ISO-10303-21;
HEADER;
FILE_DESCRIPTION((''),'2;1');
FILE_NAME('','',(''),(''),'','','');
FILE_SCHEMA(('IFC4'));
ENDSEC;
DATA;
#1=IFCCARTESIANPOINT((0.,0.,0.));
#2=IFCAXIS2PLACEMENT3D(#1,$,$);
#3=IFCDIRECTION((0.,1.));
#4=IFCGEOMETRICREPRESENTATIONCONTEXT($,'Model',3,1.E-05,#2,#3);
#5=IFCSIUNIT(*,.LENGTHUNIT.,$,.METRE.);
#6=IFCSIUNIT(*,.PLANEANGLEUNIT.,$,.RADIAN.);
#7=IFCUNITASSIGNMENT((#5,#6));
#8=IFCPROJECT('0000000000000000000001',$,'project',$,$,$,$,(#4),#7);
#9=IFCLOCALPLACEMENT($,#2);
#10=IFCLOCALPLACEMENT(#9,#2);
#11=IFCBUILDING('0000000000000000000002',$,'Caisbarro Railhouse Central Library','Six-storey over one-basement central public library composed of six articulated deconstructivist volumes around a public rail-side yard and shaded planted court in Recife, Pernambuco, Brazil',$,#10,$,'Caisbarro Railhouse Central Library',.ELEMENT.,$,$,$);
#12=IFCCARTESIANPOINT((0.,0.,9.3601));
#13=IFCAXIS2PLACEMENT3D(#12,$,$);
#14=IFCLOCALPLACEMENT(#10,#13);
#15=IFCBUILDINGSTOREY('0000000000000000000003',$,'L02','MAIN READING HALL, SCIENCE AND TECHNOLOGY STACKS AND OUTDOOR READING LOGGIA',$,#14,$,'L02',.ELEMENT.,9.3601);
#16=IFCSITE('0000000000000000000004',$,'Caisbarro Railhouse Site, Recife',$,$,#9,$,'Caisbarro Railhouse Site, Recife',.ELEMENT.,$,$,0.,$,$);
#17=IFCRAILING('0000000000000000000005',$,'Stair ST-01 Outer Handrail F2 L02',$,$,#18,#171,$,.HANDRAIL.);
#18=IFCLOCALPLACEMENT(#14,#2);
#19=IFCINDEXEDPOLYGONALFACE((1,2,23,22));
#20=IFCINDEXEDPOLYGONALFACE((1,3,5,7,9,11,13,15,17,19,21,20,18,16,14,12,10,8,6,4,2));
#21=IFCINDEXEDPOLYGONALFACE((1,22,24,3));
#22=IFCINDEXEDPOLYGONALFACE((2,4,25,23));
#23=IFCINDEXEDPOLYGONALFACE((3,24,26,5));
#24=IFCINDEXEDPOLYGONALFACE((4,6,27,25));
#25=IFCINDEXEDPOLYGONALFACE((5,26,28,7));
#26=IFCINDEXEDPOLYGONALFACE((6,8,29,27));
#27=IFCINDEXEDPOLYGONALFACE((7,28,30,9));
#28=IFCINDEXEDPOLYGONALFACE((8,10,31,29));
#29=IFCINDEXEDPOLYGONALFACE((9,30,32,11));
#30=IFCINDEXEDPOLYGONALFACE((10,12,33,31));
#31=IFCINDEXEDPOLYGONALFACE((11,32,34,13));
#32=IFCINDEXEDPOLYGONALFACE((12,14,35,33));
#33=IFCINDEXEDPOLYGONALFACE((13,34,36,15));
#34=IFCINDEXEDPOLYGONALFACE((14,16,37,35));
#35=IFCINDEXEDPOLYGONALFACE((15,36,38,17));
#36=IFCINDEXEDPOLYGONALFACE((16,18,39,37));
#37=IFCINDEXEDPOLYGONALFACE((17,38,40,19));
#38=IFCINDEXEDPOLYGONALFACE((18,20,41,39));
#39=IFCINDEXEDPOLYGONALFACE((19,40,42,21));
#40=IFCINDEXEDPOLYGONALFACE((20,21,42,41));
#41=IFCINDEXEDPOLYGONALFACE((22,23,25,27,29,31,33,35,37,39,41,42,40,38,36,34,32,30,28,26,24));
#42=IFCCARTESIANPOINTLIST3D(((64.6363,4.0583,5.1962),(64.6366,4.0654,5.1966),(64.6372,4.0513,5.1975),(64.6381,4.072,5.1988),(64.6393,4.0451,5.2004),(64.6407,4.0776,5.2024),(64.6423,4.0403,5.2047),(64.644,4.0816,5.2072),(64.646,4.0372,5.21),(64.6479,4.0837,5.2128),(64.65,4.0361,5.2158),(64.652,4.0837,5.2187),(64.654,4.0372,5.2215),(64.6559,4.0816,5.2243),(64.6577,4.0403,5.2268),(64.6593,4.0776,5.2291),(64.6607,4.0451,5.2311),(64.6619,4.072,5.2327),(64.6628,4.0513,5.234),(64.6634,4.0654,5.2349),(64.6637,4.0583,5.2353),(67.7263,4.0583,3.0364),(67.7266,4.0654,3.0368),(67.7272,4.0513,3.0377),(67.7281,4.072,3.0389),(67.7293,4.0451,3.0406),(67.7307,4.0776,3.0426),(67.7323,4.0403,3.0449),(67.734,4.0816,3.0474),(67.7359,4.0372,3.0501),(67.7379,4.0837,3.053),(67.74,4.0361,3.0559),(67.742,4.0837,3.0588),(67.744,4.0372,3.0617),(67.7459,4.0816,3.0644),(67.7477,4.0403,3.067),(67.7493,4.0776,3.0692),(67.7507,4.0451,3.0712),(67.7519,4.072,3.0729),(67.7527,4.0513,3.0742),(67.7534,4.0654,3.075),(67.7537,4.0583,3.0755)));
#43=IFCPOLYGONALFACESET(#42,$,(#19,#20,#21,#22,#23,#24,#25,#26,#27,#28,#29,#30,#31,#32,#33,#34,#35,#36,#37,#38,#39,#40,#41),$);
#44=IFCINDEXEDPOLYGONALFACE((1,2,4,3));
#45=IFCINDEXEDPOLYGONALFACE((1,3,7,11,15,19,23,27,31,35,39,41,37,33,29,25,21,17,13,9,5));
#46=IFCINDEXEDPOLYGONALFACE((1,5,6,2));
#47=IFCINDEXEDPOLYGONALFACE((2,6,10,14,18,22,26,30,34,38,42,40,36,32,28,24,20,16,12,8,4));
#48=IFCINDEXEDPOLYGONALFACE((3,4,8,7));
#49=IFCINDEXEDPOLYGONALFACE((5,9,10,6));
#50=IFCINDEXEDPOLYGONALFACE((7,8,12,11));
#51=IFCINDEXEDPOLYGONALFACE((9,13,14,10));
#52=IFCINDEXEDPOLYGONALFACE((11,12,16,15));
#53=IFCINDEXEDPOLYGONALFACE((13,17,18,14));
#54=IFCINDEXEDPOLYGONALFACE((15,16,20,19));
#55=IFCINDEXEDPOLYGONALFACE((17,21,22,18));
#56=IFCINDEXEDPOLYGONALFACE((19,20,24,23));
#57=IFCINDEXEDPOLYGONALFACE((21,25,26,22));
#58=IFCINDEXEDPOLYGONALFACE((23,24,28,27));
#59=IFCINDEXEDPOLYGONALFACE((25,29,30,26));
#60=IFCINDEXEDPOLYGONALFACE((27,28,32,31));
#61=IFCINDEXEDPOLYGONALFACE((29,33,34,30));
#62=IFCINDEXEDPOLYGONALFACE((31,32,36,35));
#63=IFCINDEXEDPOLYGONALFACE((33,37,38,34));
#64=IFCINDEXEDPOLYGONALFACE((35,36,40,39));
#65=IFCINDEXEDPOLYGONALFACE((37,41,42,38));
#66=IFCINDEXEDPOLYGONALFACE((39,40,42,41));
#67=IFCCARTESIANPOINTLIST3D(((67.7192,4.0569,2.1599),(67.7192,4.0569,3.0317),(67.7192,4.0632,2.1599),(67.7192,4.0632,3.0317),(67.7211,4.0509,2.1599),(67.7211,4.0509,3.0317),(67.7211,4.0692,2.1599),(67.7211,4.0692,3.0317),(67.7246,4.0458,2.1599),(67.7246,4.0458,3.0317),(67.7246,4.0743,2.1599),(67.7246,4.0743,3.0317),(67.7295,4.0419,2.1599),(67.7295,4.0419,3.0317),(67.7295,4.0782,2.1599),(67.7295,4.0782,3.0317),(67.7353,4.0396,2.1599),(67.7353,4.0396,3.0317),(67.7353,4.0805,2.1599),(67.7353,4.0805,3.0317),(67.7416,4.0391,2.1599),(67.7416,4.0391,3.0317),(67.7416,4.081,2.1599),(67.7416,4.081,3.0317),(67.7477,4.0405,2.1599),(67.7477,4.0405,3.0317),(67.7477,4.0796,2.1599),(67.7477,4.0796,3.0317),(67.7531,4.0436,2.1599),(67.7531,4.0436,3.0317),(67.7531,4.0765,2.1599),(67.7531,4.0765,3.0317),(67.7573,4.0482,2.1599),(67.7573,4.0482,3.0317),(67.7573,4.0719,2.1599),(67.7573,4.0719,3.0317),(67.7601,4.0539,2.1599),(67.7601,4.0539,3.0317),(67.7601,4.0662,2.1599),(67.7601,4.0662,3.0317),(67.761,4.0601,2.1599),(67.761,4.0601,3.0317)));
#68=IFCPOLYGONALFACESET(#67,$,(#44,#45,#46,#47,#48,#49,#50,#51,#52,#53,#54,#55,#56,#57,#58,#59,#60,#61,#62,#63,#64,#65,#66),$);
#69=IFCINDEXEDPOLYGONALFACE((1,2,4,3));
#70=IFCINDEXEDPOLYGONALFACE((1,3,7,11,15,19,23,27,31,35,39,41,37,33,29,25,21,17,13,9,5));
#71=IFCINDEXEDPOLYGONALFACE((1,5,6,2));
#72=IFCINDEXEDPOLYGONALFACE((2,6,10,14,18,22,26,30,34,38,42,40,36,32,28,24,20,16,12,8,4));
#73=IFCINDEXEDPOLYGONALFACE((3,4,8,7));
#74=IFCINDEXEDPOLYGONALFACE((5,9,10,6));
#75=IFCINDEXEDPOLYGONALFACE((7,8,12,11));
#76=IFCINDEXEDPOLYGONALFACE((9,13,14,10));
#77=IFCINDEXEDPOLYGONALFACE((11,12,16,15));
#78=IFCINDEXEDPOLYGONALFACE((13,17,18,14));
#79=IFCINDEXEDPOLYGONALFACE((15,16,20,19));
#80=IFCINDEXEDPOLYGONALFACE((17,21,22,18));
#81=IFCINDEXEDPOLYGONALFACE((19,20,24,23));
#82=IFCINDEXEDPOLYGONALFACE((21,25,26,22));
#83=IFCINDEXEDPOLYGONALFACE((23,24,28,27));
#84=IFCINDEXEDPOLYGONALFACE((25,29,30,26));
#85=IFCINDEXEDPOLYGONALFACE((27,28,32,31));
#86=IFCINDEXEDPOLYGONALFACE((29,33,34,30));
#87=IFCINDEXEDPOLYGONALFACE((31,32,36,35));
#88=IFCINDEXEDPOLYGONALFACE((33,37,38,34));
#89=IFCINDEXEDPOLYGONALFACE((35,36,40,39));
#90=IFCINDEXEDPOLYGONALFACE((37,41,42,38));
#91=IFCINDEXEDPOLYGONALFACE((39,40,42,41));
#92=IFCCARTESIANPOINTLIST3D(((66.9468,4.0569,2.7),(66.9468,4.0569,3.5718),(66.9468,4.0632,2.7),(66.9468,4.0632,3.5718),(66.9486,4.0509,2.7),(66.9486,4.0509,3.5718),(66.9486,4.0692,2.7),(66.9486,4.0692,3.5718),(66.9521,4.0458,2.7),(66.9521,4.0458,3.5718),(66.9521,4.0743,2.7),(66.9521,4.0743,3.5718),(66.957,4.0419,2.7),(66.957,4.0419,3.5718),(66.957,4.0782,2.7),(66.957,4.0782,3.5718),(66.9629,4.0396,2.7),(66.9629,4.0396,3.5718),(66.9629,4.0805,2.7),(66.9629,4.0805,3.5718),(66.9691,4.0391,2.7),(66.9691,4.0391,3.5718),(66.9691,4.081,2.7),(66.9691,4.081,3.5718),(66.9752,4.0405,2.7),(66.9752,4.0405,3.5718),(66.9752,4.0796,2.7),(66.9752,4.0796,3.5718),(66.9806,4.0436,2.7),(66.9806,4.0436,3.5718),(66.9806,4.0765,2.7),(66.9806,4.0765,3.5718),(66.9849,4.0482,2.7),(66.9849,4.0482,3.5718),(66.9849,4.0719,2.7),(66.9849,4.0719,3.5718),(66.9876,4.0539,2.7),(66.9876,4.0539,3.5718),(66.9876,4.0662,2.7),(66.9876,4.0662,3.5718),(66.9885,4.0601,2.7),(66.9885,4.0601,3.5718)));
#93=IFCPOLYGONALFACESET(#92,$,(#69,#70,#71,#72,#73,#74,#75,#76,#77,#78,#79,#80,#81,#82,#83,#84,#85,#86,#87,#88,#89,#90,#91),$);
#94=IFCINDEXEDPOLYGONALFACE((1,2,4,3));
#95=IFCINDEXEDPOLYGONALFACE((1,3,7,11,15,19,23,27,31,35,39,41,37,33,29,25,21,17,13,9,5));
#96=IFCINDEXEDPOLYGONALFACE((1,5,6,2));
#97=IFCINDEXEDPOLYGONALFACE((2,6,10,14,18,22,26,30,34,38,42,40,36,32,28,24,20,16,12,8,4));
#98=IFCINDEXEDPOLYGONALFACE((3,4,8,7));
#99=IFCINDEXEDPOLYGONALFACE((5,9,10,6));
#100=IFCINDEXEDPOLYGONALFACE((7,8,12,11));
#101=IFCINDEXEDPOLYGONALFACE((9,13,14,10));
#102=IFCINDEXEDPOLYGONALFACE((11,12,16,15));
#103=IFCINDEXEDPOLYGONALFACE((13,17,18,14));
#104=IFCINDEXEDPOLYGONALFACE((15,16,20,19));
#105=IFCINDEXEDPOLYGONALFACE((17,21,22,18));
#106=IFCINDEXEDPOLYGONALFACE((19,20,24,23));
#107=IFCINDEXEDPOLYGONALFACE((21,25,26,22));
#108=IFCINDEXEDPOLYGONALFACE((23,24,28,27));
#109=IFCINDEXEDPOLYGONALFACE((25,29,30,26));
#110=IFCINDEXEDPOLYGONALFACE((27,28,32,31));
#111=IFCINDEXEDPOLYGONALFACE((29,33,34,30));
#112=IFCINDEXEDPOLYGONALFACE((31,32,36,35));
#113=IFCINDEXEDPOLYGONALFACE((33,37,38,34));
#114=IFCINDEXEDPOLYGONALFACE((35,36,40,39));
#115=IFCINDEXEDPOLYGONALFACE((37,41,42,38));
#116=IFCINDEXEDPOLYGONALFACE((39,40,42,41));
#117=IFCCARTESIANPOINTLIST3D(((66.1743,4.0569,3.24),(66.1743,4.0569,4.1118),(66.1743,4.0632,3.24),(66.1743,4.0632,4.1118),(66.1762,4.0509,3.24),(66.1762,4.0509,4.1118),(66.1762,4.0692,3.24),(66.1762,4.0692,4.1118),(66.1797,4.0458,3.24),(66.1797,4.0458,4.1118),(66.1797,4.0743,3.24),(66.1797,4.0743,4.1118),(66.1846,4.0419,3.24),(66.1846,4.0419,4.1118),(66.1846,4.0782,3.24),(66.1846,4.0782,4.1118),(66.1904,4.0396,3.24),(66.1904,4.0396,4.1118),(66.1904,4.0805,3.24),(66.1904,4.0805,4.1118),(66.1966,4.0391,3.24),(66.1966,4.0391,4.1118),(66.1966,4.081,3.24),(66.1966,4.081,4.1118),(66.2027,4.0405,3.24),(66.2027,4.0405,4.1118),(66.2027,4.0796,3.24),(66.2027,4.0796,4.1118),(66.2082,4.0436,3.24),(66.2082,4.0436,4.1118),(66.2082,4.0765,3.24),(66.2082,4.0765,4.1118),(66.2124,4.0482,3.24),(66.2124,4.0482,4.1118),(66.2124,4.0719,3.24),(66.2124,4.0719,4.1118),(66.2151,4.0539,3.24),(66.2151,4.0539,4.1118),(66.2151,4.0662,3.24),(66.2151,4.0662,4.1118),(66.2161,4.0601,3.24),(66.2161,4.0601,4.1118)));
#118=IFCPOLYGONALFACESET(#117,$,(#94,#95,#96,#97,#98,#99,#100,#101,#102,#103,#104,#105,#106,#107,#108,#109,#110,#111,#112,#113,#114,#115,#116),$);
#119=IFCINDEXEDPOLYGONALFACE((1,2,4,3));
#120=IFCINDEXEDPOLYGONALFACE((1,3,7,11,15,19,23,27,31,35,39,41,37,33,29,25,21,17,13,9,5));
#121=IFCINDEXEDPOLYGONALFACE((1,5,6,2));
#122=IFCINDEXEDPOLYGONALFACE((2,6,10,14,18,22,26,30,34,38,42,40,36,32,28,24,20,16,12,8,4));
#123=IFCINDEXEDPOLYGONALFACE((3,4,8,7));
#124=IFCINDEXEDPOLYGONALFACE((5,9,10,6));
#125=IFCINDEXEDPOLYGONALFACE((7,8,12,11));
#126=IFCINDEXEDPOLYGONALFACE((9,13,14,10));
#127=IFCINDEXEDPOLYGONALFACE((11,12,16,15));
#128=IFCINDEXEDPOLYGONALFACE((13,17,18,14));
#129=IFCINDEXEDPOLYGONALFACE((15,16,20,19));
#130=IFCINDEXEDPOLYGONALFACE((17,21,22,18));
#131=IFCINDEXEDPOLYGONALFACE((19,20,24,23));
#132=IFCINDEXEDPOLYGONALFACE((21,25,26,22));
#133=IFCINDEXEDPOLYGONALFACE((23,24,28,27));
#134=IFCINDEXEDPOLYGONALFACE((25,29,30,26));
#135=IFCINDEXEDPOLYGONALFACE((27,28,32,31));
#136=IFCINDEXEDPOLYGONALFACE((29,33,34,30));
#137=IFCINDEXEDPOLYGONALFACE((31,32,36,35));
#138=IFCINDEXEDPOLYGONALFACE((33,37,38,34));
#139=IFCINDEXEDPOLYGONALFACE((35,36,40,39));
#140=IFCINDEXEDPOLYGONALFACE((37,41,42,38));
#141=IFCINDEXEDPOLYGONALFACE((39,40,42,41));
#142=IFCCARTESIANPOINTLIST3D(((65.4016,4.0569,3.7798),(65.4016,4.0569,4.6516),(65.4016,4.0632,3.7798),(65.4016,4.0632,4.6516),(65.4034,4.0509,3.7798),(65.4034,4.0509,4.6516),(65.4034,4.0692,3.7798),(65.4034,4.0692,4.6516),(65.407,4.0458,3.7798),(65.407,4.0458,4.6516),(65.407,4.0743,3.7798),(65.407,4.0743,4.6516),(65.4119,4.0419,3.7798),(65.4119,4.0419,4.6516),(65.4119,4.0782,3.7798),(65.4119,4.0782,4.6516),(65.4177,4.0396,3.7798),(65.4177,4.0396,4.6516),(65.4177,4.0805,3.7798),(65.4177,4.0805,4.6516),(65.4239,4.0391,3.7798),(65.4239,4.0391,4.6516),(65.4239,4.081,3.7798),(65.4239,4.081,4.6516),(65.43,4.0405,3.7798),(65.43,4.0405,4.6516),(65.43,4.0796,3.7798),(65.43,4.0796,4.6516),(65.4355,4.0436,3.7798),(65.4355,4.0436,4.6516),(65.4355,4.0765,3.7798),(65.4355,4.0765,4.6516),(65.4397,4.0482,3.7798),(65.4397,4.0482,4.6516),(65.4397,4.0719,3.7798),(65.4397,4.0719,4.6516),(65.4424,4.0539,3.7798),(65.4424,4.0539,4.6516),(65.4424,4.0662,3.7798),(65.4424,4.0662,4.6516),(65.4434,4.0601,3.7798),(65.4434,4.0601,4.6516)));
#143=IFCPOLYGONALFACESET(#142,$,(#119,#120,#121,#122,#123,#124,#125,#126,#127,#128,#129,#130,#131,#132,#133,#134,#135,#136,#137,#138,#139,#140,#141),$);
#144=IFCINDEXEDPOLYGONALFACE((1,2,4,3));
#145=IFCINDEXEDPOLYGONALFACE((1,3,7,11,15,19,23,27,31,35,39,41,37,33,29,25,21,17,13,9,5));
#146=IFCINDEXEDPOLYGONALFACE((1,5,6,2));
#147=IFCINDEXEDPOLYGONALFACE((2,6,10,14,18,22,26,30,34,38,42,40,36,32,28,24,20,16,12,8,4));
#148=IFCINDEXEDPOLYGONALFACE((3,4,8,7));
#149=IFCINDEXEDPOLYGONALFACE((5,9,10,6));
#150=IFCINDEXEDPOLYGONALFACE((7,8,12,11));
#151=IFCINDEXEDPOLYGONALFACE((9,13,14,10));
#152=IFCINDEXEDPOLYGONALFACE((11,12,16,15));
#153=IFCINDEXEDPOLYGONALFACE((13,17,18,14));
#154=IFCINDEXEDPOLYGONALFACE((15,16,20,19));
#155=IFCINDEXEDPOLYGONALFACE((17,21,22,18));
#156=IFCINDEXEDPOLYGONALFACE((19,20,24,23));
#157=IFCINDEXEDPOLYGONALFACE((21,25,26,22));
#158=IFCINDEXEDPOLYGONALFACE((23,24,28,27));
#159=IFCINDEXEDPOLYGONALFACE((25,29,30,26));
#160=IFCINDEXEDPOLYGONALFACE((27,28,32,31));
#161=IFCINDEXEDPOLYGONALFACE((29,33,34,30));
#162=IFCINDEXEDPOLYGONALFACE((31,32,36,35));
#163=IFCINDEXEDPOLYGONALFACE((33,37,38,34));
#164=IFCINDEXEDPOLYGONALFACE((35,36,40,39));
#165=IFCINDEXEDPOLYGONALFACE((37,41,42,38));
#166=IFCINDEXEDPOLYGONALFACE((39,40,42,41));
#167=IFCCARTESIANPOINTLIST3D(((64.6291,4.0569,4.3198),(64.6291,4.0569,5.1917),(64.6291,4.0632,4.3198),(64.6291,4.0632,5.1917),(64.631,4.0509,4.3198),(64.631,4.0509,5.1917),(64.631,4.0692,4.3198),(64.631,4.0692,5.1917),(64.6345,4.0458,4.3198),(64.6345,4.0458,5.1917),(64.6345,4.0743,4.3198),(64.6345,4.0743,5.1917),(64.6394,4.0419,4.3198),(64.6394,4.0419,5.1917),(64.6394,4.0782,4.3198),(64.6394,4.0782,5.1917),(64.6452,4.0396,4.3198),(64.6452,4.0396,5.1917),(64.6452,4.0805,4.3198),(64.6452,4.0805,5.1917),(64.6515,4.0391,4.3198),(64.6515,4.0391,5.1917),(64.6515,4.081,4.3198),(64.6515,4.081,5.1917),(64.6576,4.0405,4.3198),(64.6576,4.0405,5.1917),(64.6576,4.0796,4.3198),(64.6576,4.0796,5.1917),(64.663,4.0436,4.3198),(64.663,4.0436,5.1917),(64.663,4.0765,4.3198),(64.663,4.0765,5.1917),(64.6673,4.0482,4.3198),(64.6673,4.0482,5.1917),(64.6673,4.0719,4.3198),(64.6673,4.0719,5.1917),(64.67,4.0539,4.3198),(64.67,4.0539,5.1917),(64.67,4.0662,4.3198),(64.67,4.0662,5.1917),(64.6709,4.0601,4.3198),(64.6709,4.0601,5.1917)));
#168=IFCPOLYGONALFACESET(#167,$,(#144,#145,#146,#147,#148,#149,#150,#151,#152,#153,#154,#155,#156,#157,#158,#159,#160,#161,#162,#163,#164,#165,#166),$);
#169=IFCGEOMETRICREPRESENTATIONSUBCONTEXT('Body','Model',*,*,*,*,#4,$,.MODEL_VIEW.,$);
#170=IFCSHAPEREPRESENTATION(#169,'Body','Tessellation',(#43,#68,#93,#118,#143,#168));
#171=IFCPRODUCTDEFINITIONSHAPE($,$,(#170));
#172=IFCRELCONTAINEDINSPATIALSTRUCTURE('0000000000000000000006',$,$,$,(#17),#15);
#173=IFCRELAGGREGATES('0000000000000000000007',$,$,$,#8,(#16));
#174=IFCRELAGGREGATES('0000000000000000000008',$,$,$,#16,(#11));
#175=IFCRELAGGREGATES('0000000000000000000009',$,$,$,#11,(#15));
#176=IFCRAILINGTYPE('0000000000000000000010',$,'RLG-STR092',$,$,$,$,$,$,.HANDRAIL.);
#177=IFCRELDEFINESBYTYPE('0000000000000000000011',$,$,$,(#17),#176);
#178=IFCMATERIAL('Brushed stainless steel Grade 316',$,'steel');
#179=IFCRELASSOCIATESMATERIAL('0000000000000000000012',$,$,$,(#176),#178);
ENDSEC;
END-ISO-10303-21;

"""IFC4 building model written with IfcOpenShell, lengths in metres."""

from ifc_helpers import new_model, si_unit, direction, frame, origin, origin_2d, place, context, subcontext, project, spatial, circle, extrude, material, type_object, element, save


model = new_model("IFC4")

# Units and contexts
model_context = context("Model", 3, precision=1e-05, world=origin(), true_north=direction((0.0, 1.0)))
body_context = subcontext(model_context, "Body", "Model", "MODEL_VIEW")
ifc_project = project(units=[si_unit("LENGTHUNIT", "METRE"), si_unit("PLANEANGLEUNIT", "RADIAN")], contexts=[model_context])

# Site, building, storey
site_placement = place(None, origin())
site = spatial("IfcSite", under=ifc_project, at=site_placement, Name="Caisbarro Railhouse Site, Recife", LongName="Caisbarro Railhouse Site, Recife", CompositionType="ELEMENT", RefElevation=0.0)
building_placement = place(site_placement, origin())
building = spatial("IfcBuilding", under=site, at=building_placement, Name="Caisbarro Railhouse Central Library", Description="Six-storey over one-basement central public library composed of six articulated deconstructivist volumes around a public rail-side yard and shaded planted court in Recife, Pernambuco, Brazil", LongName="Caisbarro Railhouse Central Library", CompositionType="ELEMENT")
storey_placement = place(building_placement, frame((0.0, 0.0, 9.3601)))
storey = spatial("IfcBuildingStorey", under=building, at=storey_placement, Name="L02", Description="MAIN READING HALL, SCIENCE AND TECHNOLOGY STACKS AND OUTDOOR READING LOGGIA", LongName="L02", CompositionType="ELEMENT", Elevation=9.3601)

# Railing
ifc_material_1 = material(Name="Brushed stainless steel Grade 316", Category="steel")
railing_type_1 = type_object("IfcRailingType", Name="RLG-STR092", PredefinedType="HANDRAIL", material=ifc_material_1)
railing_1_placement = place(storey_placement, frame((67.74, 4.0601, 2.1599)))
element("IfcRailing", 1, at=railing_1_placement, inside=storey, type_object=railing_type_1, Name="Stair ST-01 Outer Handrail F2 L02", PredefinedType="HANDRAIL", context=body_context, shape_type="SweptSolid", body=[
    extrude(circle(Radius=0.0239, at=origin_2d()), frame((0.0, 0.0, 0.896), z_axis=(-0.819624, 0.0, 0.572902), x_axis=(0.0, -1.0, 0.0)), (0.0, 0.0, 1.0), 3.77),
    extrude(circle(Radius=0.021, at=origin_2d()), origin(), (0.0, 0.0, 1.0), 0.8718),
    extrude(circle(Radius=0.021, at=origin_2d()), frame((-0.7725, 0.0, 0.54)), (0.0, 0.0, 1.0), 0.8718),
    extrude(circle(Radius=0.021, at=origin_2d()), frame((-1.5449, 0.0, 1.0801)), (0.0, 0.0, 1.0), 0.8718),
    extrude(circle(Radius=0.021, at=origin_2d()), frame((-2.3176, 0.0, 1.6199)), (0.0, 0.0, 1.0), 0.8718),
    extrude(circle(Radius=0.021, at=origin_2d()), frame((-3.0901, 0.0, 2.1599)), (0.0, 0.0, 1.0), 0.8718),
])

save(model, "model.ifc")
